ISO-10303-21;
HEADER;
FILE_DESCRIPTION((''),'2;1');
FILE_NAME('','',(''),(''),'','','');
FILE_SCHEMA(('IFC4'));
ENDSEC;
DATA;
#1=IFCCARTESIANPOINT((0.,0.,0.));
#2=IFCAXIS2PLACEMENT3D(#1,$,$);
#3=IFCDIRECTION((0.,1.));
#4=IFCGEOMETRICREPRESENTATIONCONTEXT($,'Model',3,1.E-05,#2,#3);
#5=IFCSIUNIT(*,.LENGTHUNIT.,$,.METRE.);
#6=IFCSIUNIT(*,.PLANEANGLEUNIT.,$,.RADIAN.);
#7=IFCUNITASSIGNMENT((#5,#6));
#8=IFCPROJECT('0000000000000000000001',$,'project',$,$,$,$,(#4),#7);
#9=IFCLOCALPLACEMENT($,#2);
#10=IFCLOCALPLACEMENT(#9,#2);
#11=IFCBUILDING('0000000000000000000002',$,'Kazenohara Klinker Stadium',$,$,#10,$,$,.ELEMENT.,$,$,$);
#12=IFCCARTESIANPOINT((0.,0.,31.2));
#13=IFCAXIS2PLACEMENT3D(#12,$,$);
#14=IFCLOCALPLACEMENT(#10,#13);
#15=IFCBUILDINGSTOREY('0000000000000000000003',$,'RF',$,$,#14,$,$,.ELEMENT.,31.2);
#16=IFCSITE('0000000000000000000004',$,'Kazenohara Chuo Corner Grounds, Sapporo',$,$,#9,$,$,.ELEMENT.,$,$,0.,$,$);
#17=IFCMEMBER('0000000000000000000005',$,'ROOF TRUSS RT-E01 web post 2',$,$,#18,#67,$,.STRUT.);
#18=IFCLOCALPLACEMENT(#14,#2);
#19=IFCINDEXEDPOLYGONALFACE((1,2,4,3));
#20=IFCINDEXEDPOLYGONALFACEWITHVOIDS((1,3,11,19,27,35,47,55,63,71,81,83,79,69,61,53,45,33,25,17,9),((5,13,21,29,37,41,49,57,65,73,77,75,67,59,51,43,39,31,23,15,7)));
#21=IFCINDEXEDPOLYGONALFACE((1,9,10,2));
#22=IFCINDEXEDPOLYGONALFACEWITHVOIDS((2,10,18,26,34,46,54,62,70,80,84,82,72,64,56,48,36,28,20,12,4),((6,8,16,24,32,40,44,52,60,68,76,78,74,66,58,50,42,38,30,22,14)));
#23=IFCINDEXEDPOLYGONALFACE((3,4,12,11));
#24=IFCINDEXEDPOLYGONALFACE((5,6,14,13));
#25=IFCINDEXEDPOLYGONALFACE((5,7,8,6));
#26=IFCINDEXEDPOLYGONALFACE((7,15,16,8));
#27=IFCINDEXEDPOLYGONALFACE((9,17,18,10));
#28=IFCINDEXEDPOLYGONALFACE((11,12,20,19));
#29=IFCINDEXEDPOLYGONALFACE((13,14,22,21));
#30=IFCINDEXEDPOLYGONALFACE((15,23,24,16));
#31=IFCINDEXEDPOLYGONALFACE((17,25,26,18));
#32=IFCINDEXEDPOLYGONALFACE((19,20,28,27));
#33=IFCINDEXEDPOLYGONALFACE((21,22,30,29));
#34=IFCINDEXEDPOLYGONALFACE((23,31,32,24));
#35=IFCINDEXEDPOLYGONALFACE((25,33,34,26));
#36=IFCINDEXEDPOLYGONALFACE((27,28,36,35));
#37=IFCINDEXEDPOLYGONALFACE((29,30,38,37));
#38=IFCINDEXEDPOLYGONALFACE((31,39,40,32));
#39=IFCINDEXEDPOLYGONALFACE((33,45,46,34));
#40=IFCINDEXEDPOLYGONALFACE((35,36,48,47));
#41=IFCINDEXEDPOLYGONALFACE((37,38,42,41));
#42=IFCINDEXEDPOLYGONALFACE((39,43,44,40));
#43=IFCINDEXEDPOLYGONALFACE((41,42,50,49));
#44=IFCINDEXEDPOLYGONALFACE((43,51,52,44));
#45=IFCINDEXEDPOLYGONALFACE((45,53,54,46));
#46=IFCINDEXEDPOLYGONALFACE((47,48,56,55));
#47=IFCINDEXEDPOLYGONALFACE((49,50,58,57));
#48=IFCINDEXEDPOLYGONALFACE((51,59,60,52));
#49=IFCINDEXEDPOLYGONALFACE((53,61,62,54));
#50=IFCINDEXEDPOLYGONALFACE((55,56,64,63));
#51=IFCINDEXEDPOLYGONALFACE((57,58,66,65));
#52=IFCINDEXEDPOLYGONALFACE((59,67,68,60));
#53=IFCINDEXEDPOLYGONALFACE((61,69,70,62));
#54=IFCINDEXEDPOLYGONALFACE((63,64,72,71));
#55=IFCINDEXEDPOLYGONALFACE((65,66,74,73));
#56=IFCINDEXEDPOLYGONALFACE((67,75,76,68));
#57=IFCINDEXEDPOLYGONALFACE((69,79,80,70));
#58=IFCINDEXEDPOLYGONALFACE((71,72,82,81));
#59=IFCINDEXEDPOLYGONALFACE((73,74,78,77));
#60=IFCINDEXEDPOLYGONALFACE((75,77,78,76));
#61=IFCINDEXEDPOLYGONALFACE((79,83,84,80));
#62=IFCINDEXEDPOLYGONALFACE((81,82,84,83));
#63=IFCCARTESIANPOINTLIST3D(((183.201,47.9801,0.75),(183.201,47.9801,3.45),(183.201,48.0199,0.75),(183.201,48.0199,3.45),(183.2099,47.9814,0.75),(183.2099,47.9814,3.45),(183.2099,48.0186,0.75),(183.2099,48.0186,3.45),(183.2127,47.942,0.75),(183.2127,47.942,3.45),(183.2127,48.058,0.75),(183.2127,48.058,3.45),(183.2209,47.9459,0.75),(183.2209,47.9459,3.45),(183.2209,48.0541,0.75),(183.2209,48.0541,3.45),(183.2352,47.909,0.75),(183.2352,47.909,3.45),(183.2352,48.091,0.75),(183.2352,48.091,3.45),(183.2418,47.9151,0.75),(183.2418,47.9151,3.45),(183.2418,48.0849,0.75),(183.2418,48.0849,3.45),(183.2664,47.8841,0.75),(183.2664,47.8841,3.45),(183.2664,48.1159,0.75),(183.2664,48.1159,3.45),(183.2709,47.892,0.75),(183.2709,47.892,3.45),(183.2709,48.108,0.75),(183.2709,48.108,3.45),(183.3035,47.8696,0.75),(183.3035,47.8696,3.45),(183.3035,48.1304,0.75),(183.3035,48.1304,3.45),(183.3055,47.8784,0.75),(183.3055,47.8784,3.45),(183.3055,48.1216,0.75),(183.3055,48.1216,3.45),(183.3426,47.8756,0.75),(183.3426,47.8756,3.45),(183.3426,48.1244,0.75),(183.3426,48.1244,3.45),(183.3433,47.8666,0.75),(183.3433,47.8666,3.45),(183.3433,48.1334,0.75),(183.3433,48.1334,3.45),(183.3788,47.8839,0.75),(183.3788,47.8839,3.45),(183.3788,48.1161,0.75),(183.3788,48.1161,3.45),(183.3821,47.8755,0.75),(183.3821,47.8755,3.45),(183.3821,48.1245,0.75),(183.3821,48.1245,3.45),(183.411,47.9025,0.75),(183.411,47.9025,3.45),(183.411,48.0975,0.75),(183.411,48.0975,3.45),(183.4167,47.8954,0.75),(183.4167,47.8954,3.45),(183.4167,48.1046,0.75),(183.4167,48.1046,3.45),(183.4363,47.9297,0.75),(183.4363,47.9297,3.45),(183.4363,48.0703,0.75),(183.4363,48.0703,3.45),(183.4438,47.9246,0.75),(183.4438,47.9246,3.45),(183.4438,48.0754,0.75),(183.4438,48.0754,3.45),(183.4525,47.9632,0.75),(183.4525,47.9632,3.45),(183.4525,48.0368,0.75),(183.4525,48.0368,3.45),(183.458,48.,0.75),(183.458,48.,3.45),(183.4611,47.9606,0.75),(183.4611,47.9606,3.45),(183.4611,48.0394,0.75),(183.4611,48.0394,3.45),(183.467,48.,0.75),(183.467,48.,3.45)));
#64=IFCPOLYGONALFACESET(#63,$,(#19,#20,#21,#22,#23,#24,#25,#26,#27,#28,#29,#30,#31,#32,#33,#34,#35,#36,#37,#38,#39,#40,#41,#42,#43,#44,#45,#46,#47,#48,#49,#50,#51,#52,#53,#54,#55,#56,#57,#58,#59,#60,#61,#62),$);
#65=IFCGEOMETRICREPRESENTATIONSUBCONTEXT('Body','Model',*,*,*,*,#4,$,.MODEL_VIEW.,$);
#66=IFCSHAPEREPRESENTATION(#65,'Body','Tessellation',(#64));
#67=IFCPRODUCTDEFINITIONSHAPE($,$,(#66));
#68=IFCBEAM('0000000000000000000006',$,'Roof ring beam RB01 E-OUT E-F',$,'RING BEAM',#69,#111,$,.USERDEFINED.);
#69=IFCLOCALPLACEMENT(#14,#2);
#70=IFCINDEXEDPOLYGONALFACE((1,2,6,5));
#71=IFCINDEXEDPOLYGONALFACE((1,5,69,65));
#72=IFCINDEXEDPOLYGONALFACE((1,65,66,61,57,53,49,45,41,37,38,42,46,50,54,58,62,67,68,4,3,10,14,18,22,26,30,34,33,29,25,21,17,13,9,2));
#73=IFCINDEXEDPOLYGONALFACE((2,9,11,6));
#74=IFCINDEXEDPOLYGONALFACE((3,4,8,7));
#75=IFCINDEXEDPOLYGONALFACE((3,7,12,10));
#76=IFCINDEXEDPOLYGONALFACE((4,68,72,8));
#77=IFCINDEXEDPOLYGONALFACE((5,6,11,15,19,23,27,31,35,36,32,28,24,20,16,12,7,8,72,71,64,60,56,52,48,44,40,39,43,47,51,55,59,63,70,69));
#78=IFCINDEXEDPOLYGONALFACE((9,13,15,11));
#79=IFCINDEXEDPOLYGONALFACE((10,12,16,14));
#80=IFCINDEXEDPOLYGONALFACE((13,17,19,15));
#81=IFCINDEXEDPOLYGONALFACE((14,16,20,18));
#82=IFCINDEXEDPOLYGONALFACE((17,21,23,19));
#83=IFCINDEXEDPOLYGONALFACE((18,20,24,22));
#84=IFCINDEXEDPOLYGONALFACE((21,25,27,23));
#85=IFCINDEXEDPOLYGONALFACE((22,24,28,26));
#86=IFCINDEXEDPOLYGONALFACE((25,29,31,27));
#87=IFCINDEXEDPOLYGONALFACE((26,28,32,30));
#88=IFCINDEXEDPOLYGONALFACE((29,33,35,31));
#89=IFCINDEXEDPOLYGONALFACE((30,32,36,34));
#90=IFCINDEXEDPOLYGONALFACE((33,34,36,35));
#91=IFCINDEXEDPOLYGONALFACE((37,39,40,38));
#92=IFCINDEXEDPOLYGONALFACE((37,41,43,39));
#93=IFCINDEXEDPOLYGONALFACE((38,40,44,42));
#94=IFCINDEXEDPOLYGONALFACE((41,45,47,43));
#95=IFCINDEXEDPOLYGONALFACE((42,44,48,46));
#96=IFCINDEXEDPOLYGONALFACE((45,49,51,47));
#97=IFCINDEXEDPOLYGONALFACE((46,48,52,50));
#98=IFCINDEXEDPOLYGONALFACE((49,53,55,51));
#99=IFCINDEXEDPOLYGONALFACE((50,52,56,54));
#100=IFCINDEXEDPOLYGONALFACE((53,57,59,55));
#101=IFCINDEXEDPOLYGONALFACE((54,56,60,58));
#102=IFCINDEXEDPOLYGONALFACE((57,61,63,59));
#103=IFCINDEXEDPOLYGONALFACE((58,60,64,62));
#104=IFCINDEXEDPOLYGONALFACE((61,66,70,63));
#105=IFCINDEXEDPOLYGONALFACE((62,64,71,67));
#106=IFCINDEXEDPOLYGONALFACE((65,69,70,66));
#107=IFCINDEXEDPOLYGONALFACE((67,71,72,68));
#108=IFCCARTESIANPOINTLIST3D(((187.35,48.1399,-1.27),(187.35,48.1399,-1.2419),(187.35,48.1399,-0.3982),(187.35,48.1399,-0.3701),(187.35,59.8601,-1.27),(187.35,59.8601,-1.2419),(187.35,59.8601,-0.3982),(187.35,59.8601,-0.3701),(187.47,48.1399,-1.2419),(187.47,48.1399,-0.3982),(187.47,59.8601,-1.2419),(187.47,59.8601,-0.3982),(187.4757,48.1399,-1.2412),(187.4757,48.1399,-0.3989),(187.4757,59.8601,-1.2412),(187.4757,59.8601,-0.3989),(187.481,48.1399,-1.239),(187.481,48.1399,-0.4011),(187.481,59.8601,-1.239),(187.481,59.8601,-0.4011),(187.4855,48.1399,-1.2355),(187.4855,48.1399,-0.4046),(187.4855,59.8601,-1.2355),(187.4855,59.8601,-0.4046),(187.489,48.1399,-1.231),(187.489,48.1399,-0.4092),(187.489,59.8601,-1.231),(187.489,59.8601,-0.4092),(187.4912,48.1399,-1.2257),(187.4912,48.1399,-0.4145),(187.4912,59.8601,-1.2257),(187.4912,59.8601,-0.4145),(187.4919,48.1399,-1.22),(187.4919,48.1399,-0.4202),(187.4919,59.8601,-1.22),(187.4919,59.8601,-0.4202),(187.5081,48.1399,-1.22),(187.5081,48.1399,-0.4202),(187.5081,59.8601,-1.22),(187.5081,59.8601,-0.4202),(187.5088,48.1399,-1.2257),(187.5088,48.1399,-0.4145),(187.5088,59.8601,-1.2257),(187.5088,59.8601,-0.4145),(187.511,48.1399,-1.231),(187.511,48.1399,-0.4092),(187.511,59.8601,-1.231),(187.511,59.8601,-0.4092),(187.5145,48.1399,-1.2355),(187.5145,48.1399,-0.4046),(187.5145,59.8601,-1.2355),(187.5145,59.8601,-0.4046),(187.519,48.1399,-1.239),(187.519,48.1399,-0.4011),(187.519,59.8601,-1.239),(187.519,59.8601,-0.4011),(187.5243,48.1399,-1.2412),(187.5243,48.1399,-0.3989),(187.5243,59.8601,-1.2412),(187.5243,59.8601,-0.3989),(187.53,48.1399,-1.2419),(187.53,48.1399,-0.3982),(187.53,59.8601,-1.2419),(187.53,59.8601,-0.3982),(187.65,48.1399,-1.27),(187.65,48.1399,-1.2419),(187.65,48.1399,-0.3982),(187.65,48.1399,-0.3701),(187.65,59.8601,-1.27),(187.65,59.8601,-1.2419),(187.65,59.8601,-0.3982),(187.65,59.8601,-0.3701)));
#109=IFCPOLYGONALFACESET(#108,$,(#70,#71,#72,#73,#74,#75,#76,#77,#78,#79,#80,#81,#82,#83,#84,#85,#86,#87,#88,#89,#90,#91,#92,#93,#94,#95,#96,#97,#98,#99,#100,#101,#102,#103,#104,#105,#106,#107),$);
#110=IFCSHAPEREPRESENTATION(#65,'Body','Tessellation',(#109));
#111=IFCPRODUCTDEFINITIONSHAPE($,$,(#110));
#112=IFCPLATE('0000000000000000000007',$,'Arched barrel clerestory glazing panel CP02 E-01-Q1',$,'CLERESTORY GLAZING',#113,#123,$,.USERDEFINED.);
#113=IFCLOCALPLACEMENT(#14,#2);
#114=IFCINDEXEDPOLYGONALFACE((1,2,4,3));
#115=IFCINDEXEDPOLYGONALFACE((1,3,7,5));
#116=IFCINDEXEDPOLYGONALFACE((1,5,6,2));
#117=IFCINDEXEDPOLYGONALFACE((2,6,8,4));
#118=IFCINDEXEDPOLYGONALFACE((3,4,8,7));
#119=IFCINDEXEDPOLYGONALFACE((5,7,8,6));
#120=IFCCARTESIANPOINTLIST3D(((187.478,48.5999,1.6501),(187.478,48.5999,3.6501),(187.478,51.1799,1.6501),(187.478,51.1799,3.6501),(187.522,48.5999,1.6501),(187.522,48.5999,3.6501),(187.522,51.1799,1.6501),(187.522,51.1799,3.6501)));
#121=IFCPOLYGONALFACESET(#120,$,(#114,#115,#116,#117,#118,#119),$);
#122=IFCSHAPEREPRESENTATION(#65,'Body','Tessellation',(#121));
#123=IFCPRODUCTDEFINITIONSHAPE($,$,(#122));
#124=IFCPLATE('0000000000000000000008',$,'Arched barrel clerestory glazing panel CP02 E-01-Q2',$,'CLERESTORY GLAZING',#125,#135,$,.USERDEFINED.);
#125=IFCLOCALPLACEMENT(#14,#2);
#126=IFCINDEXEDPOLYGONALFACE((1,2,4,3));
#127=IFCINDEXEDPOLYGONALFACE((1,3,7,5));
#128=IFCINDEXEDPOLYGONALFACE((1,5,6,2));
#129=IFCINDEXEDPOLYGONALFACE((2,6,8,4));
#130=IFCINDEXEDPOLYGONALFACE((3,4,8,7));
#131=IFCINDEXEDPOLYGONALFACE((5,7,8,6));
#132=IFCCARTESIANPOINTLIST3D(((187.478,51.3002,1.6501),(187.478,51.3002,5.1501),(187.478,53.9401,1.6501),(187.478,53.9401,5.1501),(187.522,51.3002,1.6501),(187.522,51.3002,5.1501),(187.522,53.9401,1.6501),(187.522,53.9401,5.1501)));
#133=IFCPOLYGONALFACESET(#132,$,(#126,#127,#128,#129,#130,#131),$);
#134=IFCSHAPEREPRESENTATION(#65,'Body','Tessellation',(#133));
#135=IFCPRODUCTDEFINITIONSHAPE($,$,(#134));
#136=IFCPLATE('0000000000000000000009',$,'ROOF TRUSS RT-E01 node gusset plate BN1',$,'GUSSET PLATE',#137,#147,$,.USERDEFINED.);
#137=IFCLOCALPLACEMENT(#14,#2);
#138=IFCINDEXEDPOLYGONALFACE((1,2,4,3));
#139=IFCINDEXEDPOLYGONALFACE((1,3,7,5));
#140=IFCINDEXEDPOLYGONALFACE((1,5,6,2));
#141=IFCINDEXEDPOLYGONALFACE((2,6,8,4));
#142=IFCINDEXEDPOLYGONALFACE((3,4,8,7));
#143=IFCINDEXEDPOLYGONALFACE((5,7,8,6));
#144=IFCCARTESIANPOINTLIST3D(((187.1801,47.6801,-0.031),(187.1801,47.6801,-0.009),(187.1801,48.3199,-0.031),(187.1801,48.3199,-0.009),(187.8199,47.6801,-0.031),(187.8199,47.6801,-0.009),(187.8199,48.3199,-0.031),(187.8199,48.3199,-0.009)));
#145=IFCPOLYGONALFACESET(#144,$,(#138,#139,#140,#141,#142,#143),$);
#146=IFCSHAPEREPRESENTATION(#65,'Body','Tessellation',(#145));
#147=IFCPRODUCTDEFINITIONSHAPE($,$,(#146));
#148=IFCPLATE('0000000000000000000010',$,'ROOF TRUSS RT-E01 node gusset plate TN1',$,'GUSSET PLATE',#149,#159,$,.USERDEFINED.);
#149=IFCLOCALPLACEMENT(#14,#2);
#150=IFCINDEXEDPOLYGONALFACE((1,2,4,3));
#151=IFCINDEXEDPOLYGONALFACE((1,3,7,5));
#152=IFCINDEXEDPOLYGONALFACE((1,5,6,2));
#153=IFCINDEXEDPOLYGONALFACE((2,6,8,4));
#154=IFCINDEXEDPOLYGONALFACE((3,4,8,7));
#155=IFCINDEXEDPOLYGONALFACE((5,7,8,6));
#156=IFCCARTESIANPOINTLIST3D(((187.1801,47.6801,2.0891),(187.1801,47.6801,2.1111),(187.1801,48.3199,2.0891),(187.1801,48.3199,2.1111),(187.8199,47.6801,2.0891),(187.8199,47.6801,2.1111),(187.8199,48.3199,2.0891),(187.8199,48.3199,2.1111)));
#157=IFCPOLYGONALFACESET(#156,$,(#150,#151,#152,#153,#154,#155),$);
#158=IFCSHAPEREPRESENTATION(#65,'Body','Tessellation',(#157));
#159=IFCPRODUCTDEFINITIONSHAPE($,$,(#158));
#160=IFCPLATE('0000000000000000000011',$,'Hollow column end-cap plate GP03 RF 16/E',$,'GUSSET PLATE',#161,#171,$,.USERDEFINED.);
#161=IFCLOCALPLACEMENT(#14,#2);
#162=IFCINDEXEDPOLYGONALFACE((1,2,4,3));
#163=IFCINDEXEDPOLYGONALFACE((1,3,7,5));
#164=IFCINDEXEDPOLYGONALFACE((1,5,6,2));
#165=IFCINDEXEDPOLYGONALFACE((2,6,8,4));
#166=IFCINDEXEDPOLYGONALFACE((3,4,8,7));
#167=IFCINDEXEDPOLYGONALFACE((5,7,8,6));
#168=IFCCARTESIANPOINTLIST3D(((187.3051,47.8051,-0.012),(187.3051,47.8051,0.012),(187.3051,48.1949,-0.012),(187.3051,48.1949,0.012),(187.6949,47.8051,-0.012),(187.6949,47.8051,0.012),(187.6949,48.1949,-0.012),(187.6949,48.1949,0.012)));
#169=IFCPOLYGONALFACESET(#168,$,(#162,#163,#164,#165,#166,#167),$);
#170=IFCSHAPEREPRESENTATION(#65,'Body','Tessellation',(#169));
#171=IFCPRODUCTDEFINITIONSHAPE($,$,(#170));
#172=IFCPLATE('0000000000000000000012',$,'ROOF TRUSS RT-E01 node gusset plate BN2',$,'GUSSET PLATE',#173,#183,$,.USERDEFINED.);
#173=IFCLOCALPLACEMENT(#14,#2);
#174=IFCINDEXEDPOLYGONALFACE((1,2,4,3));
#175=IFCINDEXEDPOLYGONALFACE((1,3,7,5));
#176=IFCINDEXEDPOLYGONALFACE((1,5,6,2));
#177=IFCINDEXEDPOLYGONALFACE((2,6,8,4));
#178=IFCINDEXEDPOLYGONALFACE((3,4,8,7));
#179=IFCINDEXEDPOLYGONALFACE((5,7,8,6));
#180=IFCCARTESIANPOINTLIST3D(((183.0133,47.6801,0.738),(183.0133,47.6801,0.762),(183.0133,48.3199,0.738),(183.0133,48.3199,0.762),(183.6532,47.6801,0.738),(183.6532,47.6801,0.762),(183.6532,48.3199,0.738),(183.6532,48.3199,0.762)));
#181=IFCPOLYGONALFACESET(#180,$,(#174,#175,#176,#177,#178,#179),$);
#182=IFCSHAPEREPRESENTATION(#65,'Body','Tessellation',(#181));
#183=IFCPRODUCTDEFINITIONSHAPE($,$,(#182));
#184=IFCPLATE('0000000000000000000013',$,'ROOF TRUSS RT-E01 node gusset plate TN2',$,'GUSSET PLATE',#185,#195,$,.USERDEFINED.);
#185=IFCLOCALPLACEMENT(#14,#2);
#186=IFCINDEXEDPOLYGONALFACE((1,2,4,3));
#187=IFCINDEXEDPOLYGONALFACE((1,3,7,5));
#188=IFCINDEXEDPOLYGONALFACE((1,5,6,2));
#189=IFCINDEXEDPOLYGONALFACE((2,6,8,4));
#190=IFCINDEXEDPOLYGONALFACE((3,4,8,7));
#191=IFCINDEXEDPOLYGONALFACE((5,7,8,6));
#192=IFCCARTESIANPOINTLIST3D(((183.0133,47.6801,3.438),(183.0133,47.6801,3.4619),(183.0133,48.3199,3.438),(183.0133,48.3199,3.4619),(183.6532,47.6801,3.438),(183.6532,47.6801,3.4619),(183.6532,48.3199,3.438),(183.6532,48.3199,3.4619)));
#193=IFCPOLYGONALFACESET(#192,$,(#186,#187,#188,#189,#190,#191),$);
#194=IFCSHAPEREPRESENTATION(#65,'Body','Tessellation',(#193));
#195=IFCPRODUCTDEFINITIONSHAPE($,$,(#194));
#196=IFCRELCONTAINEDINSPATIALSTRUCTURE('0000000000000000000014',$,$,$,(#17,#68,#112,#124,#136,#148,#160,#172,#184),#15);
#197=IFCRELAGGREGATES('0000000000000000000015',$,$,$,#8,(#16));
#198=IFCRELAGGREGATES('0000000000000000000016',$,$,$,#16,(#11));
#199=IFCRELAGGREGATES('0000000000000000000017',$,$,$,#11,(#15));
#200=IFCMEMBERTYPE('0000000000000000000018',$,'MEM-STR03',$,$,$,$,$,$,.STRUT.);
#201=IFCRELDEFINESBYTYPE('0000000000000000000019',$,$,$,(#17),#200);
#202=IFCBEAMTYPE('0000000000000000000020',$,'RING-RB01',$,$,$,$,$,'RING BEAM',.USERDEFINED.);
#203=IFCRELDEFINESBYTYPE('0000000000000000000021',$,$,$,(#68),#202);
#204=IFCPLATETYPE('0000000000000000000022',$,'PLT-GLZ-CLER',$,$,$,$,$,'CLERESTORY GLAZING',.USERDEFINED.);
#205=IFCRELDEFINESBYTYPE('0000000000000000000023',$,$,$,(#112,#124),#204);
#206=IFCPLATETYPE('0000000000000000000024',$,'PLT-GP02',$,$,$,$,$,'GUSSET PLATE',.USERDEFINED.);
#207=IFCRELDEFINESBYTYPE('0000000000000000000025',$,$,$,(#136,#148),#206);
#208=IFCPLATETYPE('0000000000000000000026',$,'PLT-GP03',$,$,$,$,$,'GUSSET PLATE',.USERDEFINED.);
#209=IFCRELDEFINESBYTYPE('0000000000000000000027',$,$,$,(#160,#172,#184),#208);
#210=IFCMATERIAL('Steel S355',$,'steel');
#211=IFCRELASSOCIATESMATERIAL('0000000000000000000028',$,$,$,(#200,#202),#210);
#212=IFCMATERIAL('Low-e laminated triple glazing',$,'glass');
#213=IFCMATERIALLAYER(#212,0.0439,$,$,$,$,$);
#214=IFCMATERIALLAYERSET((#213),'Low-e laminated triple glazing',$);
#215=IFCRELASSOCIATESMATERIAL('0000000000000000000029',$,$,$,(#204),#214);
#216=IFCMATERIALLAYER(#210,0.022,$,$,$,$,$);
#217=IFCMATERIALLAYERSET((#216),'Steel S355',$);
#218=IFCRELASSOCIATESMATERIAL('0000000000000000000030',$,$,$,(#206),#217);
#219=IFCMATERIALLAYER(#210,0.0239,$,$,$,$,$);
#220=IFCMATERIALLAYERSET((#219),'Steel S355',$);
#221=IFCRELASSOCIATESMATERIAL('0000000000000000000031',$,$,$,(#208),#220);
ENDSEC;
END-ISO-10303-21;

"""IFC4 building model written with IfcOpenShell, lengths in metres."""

from ifc_helpers import new_model, si_unit, direction, frame, origin, origin_2d, place, context, subcontext, project, spatial, rectangle, hollow_circle, i_section, extrude, material, layer, layer_set, material_profile, profile_set, type_object, element, save


model = new_model("IFC4")

# Units and contexts
model_context = context("Model", 3, precision=1e-05, world=origin(), true_north=direction((0.0, 1.0)))
body_context = subcontext(model_context, "Body", "Model", "MODEL_VIEW")
ifc_project = project(units=[si_unit("LENGTHUNIT", "METRE"), si_unit("PLANEANGLEUNIT", "RADIAN")], contexts=[model_context])

# Site, building, storey
site_placement = place(None, origin())
site = spatial("IfcSite", under=ifc_project, at=site_placement, Name="Kazenohara Chuo Corner Grounds, Sapporo", CompositionType="ELEMENT", RefElevation=0.0)
building_placement = place(site_placement, origin())
building = spatial("IfcBuilding", under=site, at=building_placement, Name="Kazenohara Klinker Stadium", CompositionType="ELEMENT")
storey_placement = place(building_placement, frame((0.0, 0.0, 31.2)))
storey = spatial("IfcBuildingStorey", under=building, at=storey_placement, Name="RF", CompositionType="ELEMENT", Elevation=31.2)

# Member
ifc_material_1 = material(Name="Steel S355", Category="steel")
ifc_material_profile_1 = material_profile(ifc_material_1, hollow_circle(Radius=0.1338, WallThickness=0.009, at=origin_2d()), Name="CHS-267.4x9")
ifc_profile_set_1 = profile_set([ifc_material_profile_1], Name="Steel S355")
member_type_1 = type_object("IfcMemberType", Name="MEM-STR03", PredefinedType="STRUT", material=ifc_profile_set_1)
member_1_placement = place(storey_placement, frame((183.3333, 48.0, 0.75), z_axis=(0.0, 0.0, 1.0), x_axis=(1.0, 0.0, 0.0)))
element("IfcMember", 1, at=member_1_placement, inside=storey, type_object=member_type_1, Name="ROOF TRUSS RT-E01 web post 2", PredefinedType="STRUT", context=body_context, shape_type="SweptSolid", body=[
    extrude(hollow_circle(Radius=0.1338, WallThickness=0.009, at=origin_2d()), origin(), (0.0, 0.0, 1.0), 2.7),
])

# Beam
ifc_material_profile_2 = material_profile(ifc_material_1, i_section(OverallWidth=0.3, OverallDepth=0.8999, WebThickness=0.0161, FlangeThickness=0.0281, FilletRadius=0.022, at=origin_2d()), Name="H-900x300x16x28")
ifc_profile_set_2 = profile_set([ifc_material_profile_2], Name="Steel S355")
beam_type = type_object("IfcBeamType", Name="RING-RB01", ElementType="RING BEAM", PredefinedType="USERDEFINED", material=ifc_profile_set_2)
beam_placement = place(storey_placement, frame((187.5, 48.1399, -0.8201), z_axis=(0.0, 1.0, 0.0), x_axis=(-1.0, 0.0, 0.0)))
element("IfcBeam", 2, at=beam_placement, inside=storey, type_object=beam_type, Name="Roof ring beam RB01 E-OUT E-F", ObjectType="RING BEAM", PredefinedType="USERDEFINED", context=body_context, shape_type="SweptSolid", body=[
    extrude(i_section(OverallWidth=0.3, OverallDepth=0.8999, WebThickness=0.0161, FlangeThickness=0.0281, FilletRadius=0.022, at=origin_2d()), origin(), (0.0, 0.0, 1.0), 11.7202),
])

# Plates
ifc_material_2 = material(Name="Low-e laminated triple glazing", Category="glass")
ifc_layer_1 = layer(ifc_material_2, 0.0439)
ifc_layer_set_1 = layer_set([ifc_layer_1], Name="Low-e laminated triple glazing")
plate_type_1 = type_object("IfcPlateType", Name="PLT-GLZ-CLER", ElementType="CLERESTORY GLAZING", PredefinedType="USERDEFINED", material=ifc_layer_set_1)
plate_1_placement = place(storey_placement, frame((187.5, 49.8899, 1.6501), z_axis=(0.0, 0.0, 1.0), x_axis=(1.0, 0.0, 0.0)))
element("IfcPlate", 3, at=plate_1_placement, inside=storey, type_object=plate_type_1, Name="Arched barrel clerestory glazing panel CP02 E-01-Q1", ObjectType="CLERESTORY GLAZING", PredefinedType="USERDEFINED", context=body_context, shape_type="SweptSolid", body=[
    extrude(rectangle(XDim=0.0439, YDim=2.5801, at=origin_2d()), origin(), (0.0, 0.0, 1.0), 2.0),
])
plate_2_placement = place(storey_placement, frame((187.5, 52.6201, 1.6501), z_axis=(0.0, 0.0, 1.0), x_axis=(1.0, 0.0, 0.0)))
element("IfcPlate", 4, at=plate_2_placement, inside=storey, type_object=plate_type_1, Name="Arched barrel clerestory glazing panel CP02 E-01-Q2", ObjectType="CLERESTORY GLAZING", PredefinedType="USERDEFINED", context=body_context, shape_type="SweptSolid", body=[
    extrude(rectangle(XDim=0.0439, YDim=2.6399, at=origin_2d()), origin(), (0.0, 0.0, 1.0), 3.5),
])
ifc_layer_2 = layer(ifc_material_1, 0.022)
ifc_layer_set_2 = layer_set([ifc_layer_2], Name="Steel S355")
plate_type_2 = type_object("IfcPlateType", Name="PLT-GP02", ElementType="GUSSET PLATE", PredefinedType="USERDEFINED", material=ifc_layer_set_2)
for number, where, z_axis, x_axis, name in (
    (5, (187.5, 48.0, -0.031), (0.0, 0.0, 1.0), (1.0, 0.0, 0.0), "ROOF TRUSS RT-E01 node gusset plate BN1"),
    (6, (187.5, 48.0, 2.0891), (0.0, 0.0, 1.0), (1.0, 0.0, 0.0), "ROOF TRUSS RT-E01 node gusset plate TN1"),
):
    element("IfcPlate", number, at=place(storey_placement, frame(where, z_axis=z_axis, x_axis=x_axis)), inside=storey, type_object=plate_type_2, Name=name, ObjectType="GUSSET PLATE", PredefinedType="USERDEFINED", context=body_context, shape_type="SweptSolid", body=[
        extrude(rectangle(XDim=0.6399, YDim=0.6399, at=origin_2d()), origin(), (0.0, 0.0, 1.0), 0.022),
    ])
ifc_layer_3 = layer(ifc_material_1, 0.0239)
ifc_layer_set_3 = layer_set([ifc_layer_3], Name="Steel S355")
plate_type_3 = type_object("IfcPlateType", Name="PLT-GP03", ElementType="GUSSET PLATE", PredefinedType="USERDEFINED", material=ifc_layer_set_3)
plate_3_placement = place(storey_placement, frame((187.5, 48.0, -0.012), z_axis=(0.0, 0.0, 1.0), x_axis=(1.0, 0.0, 0.0)))
element("IfcPlate", 7, at=plate_3_placement, inside=storey, type_object=plate_type_3, Name="Hollow column end-cap plate GP03 RF 16/E", ObjectType="GUSSET PLATE", PredefinedType="USERDEFINED", context=body_context, shape_type="SweptSolid", body=[
    extrude(rectangle(XDim=0.3899, YDim=0.3899, at=origin_2d()), origin(), (0.0, 0.0, 1.0), 0.0239),
])
for number, where, z_axis, x_axis, name in (
    (8, (183.3333, 48.0, 0.738), (0.0, 0.0, 1.0), (1.0, 0.0, 0.0), "ROOF TRUSS RT-E01 node gusset plate BN2"),
    (9, (183.3333, 48.0, 3.438), (0.0, 0.0, 1.0), (1.0, 0.0, 0.0), "ROOF TRUSS RT-E01 node gusset plate TN2"),
):
    element("IfcPlate", number, at=place(storey_placement, frame(where, z_axis=z_axis, x_axis=x_axis)), inside=storey, type_object=plate_type_3, Name=name, ObjectType="GUSSET PLATE", PredefinedType="USERDEFINED", context=body_context, shape_type="SweptSolid", body=[
        extrude(rectangle(XDim=0.6399, YDim=0.6399, at=origin_2d()), origin(), (0.0, 0.0, 1.0), 0.0239),
    ])

save(model, "model.ifc")
